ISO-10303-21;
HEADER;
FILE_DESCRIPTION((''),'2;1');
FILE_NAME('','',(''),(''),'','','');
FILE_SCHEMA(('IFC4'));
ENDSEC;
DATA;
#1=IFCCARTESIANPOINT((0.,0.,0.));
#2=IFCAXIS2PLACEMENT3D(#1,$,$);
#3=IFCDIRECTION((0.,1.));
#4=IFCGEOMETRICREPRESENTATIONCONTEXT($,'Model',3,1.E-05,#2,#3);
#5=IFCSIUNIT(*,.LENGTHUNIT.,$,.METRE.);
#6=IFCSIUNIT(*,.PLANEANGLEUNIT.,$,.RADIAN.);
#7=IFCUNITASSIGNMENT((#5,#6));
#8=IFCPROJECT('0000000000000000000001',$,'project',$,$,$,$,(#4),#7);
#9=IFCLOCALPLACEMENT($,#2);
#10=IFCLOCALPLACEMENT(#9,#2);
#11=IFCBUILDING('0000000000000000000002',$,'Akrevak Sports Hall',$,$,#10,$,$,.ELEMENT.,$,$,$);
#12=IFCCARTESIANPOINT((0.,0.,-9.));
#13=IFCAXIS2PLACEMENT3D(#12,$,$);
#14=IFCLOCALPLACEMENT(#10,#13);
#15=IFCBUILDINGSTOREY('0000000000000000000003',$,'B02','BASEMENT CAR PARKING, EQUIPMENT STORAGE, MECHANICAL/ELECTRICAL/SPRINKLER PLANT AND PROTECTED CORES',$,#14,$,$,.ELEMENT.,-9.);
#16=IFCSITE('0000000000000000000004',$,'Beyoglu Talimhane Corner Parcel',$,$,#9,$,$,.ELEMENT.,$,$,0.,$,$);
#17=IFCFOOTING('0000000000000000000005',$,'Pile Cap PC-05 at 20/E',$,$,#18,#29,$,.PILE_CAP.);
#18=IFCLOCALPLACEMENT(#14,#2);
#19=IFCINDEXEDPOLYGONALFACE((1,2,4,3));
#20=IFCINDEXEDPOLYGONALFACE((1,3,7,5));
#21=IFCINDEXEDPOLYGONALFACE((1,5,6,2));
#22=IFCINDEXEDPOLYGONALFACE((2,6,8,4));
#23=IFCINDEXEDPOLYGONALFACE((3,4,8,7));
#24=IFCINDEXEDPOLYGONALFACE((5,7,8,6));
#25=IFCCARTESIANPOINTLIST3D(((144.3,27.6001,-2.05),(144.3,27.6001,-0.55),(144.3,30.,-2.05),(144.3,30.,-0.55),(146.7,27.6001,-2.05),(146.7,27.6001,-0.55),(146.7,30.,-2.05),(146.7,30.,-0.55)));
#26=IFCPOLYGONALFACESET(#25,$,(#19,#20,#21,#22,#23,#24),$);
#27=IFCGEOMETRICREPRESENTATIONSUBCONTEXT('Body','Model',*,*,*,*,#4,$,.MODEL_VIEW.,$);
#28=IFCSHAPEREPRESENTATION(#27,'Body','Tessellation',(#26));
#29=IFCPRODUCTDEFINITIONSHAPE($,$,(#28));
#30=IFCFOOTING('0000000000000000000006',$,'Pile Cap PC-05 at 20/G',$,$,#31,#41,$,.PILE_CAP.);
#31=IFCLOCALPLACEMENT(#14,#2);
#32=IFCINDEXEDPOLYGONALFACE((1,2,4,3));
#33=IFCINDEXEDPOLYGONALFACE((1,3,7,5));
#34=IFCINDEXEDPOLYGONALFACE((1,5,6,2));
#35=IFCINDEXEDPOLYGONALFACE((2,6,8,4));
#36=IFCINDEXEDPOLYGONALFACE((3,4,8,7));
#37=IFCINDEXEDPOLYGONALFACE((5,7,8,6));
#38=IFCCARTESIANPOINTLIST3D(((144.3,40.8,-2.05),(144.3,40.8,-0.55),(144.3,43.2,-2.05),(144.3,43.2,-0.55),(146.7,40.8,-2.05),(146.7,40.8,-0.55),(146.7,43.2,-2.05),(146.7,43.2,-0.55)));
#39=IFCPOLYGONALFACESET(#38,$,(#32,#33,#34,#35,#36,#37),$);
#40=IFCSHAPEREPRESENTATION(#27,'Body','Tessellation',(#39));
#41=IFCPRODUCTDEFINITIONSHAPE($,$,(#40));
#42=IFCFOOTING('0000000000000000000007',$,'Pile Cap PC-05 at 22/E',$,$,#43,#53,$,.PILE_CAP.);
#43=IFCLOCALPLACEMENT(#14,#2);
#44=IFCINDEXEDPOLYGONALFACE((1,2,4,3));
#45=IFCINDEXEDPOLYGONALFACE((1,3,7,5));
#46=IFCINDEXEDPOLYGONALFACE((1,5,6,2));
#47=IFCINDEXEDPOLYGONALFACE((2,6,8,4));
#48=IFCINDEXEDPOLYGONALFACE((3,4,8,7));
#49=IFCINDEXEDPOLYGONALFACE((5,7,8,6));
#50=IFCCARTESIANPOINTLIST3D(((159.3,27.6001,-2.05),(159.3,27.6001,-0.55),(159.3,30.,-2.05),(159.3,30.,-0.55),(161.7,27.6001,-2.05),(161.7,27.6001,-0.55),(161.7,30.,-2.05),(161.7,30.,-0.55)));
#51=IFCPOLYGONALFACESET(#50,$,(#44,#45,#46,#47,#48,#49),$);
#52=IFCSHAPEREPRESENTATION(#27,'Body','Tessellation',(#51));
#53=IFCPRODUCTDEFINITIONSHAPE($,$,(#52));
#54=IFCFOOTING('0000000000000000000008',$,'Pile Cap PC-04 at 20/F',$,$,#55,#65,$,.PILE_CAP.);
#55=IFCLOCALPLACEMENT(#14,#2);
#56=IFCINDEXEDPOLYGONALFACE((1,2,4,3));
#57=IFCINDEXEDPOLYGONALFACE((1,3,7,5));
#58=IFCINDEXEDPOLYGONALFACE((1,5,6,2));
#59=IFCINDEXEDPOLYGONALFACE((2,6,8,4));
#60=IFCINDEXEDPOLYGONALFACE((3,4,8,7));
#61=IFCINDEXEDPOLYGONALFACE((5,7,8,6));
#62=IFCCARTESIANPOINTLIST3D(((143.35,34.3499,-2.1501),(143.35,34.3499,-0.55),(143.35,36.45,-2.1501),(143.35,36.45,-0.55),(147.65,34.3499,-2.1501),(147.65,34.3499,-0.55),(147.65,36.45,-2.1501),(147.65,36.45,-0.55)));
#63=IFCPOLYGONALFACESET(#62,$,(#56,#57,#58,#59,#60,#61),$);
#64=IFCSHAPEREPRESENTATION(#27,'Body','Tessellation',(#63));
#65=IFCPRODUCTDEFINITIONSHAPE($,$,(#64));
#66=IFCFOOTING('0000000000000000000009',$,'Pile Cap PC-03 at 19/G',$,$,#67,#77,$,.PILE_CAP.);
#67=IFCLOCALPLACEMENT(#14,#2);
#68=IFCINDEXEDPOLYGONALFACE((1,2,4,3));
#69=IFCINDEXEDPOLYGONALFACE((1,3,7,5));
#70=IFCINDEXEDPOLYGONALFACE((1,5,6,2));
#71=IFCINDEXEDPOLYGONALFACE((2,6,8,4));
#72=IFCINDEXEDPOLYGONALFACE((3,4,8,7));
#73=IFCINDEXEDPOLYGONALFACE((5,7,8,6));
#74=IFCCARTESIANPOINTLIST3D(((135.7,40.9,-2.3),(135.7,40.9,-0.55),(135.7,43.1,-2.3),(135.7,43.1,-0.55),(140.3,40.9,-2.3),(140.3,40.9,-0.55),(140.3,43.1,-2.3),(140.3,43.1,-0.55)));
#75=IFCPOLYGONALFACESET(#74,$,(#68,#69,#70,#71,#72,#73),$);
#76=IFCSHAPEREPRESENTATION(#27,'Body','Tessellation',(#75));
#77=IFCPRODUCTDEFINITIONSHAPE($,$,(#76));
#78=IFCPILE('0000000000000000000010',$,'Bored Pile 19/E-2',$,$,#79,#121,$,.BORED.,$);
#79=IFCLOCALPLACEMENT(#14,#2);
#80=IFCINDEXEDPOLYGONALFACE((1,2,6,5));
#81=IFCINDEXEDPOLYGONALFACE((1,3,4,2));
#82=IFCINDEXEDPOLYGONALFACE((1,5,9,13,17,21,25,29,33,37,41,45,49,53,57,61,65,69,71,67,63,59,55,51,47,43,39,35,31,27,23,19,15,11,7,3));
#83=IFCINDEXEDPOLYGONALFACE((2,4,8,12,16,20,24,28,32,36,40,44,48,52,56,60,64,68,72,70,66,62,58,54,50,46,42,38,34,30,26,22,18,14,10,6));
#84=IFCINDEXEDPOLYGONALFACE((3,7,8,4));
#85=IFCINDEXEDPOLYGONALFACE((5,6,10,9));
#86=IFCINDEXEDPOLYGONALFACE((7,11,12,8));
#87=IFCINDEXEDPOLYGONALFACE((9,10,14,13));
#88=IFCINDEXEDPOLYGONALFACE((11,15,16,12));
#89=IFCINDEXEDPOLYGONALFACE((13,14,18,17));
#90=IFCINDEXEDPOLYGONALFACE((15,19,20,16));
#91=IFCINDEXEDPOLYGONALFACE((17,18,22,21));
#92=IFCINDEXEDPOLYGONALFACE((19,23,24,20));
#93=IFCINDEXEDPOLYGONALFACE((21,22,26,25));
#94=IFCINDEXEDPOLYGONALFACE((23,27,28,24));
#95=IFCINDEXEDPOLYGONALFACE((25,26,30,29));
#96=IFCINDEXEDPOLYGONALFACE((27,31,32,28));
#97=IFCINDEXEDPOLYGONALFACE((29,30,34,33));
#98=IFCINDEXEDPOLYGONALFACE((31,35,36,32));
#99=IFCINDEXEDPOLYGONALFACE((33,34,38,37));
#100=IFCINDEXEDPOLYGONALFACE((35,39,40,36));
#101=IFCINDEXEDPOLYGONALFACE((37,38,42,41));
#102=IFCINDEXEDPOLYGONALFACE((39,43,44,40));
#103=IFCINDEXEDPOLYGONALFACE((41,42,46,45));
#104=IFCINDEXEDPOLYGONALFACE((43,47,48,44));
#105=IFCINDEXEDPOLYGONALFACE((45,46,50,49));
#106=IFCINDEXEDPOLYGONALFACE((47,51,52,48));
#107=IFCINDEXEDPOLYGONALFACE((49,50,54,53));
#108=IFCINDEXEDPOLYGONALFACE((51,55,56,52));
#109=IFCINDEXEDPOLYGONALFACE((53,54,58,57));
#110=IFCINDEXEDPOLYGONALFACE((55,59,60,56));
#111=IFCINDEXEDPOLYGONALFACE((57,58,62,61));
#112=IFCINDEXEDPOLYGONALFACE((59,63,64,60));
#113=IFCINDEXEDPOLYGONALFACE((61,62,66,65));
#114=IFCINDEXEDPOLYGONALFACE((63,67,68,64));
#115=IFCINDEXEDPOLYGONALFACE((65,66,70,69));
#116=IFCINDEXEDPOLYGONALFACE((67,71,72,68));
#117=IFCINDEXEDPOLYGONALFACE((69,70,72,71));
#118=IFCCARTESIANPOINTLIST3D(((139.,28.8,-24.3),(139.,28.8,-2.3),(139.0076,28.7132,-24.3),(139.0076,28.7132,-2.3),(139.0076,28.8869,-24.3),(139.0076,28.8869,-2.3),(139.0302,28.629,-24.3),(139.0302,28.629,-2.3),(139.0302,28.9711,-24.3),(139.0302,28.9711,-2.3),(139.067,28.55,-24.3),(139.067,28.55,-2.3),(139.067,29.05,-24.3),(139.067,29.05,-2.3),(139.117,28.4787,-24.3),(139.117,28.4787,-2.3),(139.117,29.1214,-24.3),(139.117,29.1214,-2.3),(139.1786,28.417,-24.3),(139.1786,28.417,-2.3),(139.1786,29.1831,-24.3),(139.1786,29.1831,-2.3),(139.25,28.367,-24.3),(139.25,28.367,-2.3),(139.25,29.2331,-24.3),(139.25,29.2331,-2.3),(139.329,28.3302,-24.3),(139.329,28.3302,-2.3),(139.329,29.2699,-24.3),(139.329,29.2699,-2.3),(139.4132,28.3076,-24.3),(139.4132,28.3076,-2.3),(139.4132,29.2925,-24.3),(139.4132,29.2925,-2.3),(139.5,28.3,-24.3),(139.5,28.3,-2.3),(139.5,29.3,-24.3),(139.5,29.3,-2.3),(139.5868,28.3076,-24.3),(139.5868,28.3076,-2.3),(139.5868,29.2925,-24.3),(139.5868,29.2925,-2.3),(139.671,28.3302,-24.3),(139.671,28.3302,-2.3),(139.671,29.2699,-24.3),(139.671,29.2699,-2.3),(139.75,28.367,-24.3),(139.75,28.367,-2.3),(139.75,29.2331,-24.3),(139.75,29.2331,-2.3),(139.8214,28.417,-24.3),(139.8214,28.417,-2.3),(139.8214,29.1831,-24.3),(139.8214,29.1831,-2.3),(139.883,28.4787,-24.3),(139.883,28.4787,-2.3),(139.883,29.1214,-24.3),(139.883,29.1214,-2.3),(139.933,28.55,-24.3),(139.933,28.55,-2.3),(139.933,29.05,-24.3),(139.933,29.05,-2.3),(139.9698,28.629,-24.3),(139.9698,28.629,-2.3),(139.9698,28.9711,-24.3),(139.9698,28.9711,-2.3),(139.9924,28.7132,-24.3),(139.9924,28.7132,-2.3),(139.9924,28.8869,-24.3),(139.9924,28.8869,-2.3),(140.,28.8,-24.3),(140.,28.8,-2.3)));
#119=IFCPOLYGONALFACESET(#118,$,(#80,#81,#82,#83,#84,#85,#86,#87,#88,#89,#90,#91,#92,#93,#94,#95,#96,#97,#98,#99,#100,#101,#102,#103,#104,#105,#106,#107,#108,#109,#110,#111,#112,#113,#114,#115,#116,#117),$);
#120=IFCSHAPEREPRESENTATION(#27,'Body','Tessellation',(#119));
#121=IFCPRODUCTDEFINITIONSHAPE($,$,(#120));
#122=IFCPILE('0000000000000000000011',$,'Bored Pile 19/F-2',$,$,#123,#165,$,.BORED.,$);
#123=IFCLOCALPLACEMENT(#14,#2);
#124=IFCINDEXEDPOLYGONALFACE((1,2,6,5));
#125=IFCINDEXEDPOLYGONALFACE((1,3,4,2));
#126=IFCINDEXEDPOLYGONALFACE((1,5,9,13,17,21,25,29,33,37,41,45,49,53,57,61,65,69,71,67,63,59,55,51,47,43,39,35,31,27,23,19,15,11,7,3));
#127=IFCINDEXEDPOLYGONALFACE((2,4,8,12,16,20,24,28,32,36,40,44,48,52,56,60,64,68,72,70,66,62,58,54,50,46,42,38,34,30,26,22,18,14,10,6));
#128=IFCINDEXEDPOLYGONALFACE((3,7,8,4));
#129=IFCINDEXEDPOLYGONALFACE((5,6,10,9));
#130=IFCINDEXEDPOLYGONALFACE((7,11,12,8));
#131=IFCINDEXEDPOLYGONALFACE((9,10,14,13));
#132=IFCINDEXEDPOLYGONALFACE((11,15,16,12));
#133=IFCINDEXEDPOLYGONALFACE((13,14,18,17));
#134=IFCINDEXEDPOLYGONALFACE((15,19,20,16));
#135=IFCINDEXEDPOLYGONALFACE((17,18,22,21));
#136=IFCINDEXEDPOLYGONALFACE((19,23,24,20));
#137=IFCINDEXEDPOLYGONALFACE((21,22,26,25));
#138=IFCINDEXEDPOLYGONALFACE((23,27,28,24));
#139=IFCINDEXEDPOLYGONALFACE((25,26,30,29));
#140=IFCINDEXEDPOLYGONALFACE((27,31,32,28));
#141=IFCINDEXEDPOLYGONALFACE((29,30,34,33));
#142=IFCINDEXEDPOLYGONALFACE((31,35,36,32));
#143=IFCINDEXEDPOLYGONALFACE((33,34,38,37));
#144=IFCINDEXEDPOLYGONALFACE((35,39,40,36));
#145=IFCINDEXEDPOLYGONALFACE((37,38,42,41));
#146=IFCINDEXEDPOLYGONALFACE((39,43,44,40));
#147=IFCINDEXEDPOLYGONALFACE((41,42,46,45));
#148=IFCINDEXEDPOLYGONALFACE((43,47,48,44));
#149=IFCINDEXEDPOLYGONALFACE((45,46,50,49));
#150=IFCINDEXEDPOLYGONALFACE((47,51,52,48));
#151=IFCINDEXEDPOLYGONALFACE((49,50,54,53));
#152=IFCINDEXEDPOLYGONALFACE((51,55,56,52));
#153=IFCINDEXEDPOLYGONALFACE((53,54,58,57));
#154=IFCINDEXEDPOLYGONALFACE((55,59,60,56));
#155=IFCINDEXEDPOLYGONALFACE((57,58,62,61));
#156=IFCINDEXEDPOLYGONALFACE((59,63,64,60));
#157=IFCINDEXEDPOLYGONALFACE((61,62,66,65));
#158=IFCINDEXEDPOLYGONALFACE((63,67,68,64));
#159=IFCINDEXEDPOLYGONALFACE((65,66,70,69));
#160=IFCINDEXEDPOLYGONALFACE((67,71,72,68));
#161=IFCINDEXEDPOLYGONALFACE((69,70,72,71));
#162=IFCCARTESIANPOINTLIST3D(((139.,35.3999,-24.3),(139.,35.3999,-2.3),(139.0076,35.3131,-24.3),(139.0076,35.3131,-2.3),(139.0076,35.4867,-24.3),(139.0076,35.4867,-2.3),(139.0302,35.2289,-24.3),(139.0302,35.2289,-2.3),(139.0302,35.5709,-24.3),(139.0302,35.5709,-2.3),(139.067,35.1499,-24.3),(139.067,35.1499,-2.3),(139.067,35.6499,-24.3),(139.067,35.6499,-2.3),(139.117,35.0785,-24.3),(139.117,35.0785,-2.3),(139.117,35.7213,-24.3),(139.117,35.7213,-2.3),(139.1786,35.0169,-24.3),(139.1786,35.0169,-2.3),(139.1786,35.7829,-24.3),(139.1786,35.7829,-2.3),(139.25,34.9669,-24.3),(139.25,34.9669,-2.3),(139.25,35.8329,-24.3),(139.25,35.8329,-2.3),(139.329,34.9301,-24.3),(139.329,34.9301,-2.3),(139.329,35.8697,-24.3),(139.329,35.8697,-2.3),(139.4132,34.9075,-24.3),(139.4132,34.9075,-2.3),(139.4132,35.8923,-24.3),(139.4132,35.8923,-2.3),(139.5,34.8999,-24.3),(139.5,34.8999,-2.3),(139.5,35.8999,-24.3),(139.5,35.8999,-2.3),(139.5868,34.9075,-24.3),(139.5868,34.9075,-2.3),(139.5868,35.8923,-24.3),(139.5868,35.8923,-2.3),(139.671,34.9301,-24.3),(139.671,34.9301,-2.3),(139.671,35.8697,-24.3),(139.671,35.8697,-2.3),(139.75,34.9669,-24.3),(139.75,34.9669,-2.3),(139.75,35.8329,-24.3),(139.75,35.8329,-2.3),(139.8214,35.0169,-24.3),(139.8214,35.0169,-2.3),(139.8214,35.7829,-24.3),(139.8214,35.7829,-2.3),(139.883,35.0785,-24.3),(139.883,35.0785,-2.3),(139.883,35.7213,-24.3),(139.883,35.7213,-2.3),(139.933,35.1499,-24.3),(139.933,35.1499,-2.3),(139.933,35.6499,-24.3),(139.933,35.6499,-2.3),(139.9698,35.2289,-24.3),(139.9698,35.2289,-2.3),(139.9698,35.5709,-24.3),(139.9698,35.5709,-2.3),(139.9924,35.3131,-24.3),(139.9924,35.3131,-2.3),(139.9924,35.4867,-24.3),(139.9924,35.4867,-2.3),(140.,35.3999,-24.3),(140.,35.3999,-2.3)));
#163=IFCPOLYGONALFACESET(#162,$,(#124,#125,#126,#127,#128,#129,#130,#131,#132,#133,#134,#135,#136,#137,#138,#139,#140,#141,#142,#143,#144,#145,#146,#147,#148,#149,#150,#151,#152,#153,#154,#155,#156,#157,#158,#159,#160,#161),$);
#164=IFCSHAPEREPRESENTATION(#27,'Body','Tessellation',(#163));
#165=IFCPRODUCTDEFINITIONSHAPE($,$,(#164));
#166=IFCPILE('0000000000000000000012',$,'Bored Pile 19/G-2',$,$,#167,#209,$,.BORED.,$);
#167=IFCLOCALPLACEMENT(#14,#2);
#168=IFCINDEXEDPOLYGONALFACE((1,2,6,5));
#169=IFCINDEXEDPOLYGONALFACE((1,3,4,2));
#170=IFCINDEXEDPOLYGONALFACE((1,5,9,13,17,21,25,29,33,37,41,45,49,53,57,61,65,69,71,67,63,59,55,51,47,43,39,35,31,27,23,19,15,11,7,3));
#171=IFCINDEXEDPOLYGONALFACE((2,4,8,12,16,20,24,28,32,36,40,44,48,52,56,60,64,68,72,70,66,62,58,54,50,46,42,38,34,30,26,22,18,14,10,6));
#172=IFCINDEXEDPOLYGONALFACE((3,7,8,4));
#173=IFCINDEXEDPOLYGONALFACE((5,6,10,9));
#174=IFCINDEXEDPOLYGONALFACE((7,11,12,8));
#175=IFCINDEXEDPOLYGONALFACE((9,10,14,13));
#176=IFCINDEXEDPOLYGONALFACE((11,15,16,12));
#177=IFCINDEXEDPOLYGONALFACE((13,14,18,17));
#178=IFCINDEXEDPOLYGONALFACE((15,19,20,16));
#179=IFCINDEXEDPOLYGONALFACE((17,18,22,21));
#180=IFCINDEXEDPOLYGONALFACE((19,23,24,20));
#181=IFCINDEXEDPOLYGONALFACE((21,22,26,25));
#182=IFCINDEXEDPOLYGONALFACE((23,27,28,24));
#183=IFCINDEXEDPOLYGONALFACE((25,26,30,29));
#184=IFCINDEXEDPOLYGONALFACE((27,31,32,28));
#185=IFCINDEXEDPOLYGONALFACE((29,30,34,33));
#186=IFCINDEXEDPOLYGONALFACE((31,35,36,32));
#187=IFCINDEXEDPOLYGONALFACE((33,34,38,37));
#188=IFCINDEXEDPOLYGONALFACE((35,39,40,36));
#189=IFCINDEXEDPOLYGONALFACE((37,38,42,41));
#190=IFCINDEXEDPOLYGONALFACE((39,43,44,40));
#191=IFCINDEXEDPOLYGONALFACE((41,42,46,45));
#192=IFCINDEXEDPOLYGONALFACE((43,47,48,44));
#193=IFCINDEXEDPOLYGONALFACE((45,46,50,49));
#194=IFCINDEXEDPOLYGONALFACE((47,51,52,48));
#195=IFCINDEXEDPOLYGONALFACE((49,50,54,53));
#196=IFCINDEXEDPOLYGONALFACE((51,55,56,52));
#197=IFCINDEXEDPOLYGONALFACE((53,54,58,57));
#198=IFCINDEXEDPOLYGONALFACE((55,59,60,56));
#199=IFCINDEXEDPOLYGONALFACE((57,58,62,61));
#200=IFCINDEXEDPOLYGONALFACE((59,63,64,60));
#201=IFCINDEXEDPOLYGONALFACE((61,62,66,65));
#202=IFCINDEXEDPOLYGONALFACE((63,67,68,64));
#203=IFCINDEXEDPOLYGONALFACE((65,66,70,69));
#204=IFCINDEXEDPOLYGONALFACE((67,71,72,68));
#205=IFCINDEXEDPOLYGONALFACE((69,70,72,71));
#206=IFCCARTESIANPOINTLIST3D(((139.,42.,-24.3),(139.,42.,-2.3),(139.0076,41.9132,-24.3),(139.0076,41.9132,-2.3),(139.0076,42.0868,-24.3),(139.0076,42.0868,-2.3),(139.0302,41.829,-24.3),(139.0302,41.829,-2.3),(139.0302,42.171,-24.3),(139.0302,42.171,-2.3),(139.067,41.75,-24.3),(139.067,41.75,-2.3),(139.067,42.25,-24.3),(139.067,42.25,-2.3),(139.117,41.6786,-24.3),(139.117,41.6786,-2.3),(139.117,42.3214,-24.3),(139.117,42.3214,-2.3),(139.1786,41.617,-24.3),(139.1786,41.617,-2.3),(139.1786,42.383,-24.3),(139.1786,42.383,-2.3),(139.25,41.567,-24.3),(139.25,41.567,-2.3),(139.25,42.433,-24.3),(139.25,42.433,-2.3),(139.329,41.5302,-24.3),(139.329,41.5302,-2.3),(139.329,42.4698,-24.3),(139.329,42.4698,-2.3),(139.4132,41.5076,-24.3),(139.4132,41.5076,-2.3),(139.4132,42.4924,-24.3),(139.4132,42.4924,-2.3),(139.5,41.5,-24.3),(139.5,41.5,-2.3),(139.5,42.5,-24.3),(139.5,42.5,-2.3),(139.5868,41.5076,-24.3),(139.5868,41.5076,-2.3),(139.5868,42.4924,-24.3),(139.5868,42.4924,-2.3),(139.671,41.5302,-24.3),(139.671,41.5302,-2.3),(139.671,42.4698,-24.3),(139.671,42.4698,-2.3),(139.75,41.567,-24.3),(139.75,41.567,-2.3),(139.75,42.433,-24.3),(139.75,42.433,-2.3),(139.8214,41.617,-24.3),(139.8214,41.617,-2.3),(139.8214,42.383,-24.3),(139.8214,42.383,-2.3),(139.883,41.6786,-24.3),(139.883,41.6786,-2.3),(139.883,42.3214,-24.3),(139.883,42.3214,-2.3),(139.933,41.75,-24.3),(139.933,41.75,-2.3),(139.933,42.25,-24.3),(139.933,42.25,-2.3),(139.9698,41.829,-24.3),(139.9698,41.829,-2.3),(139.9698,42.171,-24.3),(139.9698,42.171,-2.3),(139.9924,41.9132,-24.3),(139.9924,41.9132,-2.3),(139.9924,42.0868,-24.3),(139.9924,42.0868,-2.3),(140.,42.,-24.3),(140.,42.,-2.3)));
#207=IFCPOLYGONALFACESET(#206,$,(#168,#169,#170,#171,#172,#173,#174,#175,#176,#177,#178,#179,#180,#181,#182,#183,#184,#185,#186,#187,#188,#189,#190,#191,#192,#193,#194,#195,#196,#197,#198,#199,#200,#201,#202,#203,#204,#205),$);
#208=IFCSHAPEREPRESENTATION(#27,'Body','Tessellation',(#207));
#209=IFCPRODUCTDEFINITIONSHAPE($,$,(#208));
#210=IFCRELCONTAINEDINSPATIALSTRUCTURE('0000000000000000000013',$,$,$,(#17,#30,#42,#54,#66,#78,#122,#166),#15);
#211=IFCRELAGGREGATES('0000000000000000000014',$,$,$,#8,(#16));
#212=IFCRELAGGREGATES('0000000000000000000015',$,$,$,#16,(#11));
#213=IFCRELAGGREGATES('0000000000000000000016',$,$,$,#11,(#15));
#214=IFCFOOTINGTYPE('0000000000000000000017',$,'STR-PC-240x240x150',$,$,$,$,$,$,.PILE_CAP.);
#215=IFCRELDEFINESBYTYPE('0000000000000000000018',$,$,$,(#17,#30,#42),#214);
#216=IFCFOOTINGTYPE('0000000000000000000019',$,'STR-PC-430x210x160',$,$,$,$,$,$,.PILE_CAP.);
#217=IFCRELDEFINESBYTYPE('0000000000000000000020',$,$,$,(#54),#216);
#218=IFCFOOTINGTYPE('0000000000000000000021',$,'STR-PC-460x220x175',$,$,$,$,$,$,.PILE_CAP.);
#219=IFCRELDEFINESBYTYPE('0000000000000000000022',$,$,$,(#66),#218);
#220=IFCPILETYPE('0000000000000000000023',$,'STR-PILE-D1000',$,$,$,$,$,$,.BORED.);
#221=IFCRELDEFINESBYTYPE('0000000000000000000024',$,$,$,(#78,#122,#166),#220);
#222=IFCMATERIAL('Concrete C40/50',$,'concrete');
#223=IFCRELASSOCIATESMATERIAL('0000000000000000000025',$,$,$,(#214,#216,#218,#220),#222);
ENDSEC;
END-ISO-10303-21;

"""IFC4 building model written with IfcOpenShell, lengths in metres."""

from ifc_helpers import new_model, si_unit, direction, frame, origin, origin_2d, place, context, subcontext, project, spatial, rectangle, circle, extrude, material, material_profile, profile_set, type_object, element, save


model = new_model("IFC4")

# Units and contexts
model_context = context("Model", 3, precision=1e-05, world=origin(), true_north=direction((0.0, 1.0)))
body_context = subcontext(model_context, "Body", "Model", "MODEL_VIEW")
ifc_project = project(units=[si_unit("LENGTHUNIT", "METRE"), si_unit("PLANEANGLEUNIT", "RADIAN")], contexts=[model_context])

# Site, building, storey
site_placement = place(None, origin())
site = spatial("IfcSite", under=ifc_project, at=site_placement, Name="Beyoglu Talimhane Corner Parcel", CompositionType="ELEMENT", RefElevation=0.0)
building_placement = place(site_placement, origin())
building = spatial("IfcBuilding", under=site, at=building_placement, Name="Akrevak Sports Hall", CompositionType="ELEMENT")
storey_placement = place(building_placement, frame((0.0, 0.0, -9.0)))
storey = spatial("IfcBuildingStorey", under=building, at=storey_placement, Name="B02", Description="BASEMENT CAR PARKING, EQUIPMENT STORAGE, MECHANICAL/ELECTRICAL/SPRINKLER PLANT AND PROTECTED CORES", CompositionType="ELEMENT", Elevation=-9.0)

# Footings
ifc_material_1 = material(Name="Concrete C40/50", Category="concrete")
footing_type_1 = type_object("IfcFootingType", Name="STR-PC-240x240x150", PredefinedType="PILE_CAP", material=ifc_material_1)
for number, where, z_axis, x_axis, name in (
    (1, (145.5, 28.8, -2.05), (0.0, 0.0, 1.0), (1.0, 0.0, 0.0), "Pile Cap PC-05 at 20/E"),
    (2, (145.5, 42.0, -2.05), (0.0, 0.0, 1.0), (1.0, 0.0, 0.0), "Pile Cap PC-05 at 20/G"),
    (3, (160.5, 28.8, -2.05), (0.0, 0.0, 1.0), (1.0, 0.0, 0.0), "Pile Cap PC-05 at 22/E"),
):
    element("IfcFooting", number, at=place(storey_placement, frame(where, z_axis=z_axis, x_axis=x_axis)), inside=storey, type_object=footing_type_1, Name=name, PredefinedType="PILE_CAP", context=body_context, shape_type="SweptSolid", body=[
        extrude(rectangle(XDim=2.3999, YDim=2.3999, at=origin_2d()), origin(), (0.0, 0.0, 1.0), 1.5),
    ])
footing_type_2 = type_object("IfcFootingType", Name="STR-PC-430x210x160", PredefinedType="PILE_CAP", material=ifc_material_1)
footing_1_placement = place(storey_placement, frame((145.5, 35.3999, -2.1501), z_axis=(0.0, 0.0, 1.0), x_axis=(1.0, 0.0, 0.0)))
element("IfcFooting", 4, at=footing_1_placement, inside=storey, type_object=footing_type_2, Name="Pile Cap PC-04 at 20/F", PredefinedType="PILE_CAP", context=body_context, shape_type="SweptSolid", body=[
    extrude(rectangle(XDim=4.3, YDim=2.1001, at=origin_2d()), origin(), (0.0, 0.0, 1.0), 1.6001),
])
footing_type_3 = type_object("IfcFootingType", Name="STR-PC-460x220x175", PredefinedType="PILE_CAP", material=ifc_material_1)
footing_2_placement = place(storey_placement, frame((138.0, 42.0, -2.3), z_axis=(0.0, 0.0, 1.0), x_axis=(1.0, 0.0, 0.0)))
element("IfcFooting", 5, at=footing_2_placement, inside=storey, type_object=footing_type_3, Name="Pile Cap PC-03 at 19/G", PredefinedType="PILE_CAP", context=body_context, shape_type="SweptSolid", body=[
    extrude(rectangle(XDim=4.6001, YDim=2.2, at=origin_2d()), origin(), (0.0, 0.0, 1.0), 1.75),
])

# Piles
ifc_material_profile_1 = material_profile(ifc_material_1, circle(Radius=0.5, at=origin_2d()), Name="BORED PILE D1000", Category="concrete")
ifc_profile_set_1 = profile_set([ifc_material_profile_1], Name="Concrete C40/50")
pile_type_1 = type_object("IfcPileType", Name="STR-PILE-D1000", PredefinedType="BORED", material=ifc_profile_set_1)
for number, where, z_axis, x_axis, name in (
    (6, (139.5, 28.8, -2.3), (0.0, 0.0, -1.0), (1.0, 0.0, 0.0), "Bored Pile 19/E-2"),
    (7, (139.5, 35.3999, -2.3), (0.0, 0.0, -1.0), (1.0, 0.0, 0.0), "Bored Pile 19/F-2"),
    (8, (139.5, 42.0, -2.3), (0.0, 0.0, -1.0), (1.0, 0.0, 0.0), "Bored Pile 19/G-2"),
):
    element("IfcPile", number, at=place(storey_placement, frame(where, z_axis=z_axis, x_axis=x_axis)), inside=storey, type_object=pile_type_1, Name=name, PredefinedType="BORED", context=body_context, shape_type="SweptSolid", body=[
        extrude(circle(Radius=0.5, at=origin_2d()), origin(), (0.0, 0.0, 1.0), 22.0),
    ])

save(model, "model.ifc")
